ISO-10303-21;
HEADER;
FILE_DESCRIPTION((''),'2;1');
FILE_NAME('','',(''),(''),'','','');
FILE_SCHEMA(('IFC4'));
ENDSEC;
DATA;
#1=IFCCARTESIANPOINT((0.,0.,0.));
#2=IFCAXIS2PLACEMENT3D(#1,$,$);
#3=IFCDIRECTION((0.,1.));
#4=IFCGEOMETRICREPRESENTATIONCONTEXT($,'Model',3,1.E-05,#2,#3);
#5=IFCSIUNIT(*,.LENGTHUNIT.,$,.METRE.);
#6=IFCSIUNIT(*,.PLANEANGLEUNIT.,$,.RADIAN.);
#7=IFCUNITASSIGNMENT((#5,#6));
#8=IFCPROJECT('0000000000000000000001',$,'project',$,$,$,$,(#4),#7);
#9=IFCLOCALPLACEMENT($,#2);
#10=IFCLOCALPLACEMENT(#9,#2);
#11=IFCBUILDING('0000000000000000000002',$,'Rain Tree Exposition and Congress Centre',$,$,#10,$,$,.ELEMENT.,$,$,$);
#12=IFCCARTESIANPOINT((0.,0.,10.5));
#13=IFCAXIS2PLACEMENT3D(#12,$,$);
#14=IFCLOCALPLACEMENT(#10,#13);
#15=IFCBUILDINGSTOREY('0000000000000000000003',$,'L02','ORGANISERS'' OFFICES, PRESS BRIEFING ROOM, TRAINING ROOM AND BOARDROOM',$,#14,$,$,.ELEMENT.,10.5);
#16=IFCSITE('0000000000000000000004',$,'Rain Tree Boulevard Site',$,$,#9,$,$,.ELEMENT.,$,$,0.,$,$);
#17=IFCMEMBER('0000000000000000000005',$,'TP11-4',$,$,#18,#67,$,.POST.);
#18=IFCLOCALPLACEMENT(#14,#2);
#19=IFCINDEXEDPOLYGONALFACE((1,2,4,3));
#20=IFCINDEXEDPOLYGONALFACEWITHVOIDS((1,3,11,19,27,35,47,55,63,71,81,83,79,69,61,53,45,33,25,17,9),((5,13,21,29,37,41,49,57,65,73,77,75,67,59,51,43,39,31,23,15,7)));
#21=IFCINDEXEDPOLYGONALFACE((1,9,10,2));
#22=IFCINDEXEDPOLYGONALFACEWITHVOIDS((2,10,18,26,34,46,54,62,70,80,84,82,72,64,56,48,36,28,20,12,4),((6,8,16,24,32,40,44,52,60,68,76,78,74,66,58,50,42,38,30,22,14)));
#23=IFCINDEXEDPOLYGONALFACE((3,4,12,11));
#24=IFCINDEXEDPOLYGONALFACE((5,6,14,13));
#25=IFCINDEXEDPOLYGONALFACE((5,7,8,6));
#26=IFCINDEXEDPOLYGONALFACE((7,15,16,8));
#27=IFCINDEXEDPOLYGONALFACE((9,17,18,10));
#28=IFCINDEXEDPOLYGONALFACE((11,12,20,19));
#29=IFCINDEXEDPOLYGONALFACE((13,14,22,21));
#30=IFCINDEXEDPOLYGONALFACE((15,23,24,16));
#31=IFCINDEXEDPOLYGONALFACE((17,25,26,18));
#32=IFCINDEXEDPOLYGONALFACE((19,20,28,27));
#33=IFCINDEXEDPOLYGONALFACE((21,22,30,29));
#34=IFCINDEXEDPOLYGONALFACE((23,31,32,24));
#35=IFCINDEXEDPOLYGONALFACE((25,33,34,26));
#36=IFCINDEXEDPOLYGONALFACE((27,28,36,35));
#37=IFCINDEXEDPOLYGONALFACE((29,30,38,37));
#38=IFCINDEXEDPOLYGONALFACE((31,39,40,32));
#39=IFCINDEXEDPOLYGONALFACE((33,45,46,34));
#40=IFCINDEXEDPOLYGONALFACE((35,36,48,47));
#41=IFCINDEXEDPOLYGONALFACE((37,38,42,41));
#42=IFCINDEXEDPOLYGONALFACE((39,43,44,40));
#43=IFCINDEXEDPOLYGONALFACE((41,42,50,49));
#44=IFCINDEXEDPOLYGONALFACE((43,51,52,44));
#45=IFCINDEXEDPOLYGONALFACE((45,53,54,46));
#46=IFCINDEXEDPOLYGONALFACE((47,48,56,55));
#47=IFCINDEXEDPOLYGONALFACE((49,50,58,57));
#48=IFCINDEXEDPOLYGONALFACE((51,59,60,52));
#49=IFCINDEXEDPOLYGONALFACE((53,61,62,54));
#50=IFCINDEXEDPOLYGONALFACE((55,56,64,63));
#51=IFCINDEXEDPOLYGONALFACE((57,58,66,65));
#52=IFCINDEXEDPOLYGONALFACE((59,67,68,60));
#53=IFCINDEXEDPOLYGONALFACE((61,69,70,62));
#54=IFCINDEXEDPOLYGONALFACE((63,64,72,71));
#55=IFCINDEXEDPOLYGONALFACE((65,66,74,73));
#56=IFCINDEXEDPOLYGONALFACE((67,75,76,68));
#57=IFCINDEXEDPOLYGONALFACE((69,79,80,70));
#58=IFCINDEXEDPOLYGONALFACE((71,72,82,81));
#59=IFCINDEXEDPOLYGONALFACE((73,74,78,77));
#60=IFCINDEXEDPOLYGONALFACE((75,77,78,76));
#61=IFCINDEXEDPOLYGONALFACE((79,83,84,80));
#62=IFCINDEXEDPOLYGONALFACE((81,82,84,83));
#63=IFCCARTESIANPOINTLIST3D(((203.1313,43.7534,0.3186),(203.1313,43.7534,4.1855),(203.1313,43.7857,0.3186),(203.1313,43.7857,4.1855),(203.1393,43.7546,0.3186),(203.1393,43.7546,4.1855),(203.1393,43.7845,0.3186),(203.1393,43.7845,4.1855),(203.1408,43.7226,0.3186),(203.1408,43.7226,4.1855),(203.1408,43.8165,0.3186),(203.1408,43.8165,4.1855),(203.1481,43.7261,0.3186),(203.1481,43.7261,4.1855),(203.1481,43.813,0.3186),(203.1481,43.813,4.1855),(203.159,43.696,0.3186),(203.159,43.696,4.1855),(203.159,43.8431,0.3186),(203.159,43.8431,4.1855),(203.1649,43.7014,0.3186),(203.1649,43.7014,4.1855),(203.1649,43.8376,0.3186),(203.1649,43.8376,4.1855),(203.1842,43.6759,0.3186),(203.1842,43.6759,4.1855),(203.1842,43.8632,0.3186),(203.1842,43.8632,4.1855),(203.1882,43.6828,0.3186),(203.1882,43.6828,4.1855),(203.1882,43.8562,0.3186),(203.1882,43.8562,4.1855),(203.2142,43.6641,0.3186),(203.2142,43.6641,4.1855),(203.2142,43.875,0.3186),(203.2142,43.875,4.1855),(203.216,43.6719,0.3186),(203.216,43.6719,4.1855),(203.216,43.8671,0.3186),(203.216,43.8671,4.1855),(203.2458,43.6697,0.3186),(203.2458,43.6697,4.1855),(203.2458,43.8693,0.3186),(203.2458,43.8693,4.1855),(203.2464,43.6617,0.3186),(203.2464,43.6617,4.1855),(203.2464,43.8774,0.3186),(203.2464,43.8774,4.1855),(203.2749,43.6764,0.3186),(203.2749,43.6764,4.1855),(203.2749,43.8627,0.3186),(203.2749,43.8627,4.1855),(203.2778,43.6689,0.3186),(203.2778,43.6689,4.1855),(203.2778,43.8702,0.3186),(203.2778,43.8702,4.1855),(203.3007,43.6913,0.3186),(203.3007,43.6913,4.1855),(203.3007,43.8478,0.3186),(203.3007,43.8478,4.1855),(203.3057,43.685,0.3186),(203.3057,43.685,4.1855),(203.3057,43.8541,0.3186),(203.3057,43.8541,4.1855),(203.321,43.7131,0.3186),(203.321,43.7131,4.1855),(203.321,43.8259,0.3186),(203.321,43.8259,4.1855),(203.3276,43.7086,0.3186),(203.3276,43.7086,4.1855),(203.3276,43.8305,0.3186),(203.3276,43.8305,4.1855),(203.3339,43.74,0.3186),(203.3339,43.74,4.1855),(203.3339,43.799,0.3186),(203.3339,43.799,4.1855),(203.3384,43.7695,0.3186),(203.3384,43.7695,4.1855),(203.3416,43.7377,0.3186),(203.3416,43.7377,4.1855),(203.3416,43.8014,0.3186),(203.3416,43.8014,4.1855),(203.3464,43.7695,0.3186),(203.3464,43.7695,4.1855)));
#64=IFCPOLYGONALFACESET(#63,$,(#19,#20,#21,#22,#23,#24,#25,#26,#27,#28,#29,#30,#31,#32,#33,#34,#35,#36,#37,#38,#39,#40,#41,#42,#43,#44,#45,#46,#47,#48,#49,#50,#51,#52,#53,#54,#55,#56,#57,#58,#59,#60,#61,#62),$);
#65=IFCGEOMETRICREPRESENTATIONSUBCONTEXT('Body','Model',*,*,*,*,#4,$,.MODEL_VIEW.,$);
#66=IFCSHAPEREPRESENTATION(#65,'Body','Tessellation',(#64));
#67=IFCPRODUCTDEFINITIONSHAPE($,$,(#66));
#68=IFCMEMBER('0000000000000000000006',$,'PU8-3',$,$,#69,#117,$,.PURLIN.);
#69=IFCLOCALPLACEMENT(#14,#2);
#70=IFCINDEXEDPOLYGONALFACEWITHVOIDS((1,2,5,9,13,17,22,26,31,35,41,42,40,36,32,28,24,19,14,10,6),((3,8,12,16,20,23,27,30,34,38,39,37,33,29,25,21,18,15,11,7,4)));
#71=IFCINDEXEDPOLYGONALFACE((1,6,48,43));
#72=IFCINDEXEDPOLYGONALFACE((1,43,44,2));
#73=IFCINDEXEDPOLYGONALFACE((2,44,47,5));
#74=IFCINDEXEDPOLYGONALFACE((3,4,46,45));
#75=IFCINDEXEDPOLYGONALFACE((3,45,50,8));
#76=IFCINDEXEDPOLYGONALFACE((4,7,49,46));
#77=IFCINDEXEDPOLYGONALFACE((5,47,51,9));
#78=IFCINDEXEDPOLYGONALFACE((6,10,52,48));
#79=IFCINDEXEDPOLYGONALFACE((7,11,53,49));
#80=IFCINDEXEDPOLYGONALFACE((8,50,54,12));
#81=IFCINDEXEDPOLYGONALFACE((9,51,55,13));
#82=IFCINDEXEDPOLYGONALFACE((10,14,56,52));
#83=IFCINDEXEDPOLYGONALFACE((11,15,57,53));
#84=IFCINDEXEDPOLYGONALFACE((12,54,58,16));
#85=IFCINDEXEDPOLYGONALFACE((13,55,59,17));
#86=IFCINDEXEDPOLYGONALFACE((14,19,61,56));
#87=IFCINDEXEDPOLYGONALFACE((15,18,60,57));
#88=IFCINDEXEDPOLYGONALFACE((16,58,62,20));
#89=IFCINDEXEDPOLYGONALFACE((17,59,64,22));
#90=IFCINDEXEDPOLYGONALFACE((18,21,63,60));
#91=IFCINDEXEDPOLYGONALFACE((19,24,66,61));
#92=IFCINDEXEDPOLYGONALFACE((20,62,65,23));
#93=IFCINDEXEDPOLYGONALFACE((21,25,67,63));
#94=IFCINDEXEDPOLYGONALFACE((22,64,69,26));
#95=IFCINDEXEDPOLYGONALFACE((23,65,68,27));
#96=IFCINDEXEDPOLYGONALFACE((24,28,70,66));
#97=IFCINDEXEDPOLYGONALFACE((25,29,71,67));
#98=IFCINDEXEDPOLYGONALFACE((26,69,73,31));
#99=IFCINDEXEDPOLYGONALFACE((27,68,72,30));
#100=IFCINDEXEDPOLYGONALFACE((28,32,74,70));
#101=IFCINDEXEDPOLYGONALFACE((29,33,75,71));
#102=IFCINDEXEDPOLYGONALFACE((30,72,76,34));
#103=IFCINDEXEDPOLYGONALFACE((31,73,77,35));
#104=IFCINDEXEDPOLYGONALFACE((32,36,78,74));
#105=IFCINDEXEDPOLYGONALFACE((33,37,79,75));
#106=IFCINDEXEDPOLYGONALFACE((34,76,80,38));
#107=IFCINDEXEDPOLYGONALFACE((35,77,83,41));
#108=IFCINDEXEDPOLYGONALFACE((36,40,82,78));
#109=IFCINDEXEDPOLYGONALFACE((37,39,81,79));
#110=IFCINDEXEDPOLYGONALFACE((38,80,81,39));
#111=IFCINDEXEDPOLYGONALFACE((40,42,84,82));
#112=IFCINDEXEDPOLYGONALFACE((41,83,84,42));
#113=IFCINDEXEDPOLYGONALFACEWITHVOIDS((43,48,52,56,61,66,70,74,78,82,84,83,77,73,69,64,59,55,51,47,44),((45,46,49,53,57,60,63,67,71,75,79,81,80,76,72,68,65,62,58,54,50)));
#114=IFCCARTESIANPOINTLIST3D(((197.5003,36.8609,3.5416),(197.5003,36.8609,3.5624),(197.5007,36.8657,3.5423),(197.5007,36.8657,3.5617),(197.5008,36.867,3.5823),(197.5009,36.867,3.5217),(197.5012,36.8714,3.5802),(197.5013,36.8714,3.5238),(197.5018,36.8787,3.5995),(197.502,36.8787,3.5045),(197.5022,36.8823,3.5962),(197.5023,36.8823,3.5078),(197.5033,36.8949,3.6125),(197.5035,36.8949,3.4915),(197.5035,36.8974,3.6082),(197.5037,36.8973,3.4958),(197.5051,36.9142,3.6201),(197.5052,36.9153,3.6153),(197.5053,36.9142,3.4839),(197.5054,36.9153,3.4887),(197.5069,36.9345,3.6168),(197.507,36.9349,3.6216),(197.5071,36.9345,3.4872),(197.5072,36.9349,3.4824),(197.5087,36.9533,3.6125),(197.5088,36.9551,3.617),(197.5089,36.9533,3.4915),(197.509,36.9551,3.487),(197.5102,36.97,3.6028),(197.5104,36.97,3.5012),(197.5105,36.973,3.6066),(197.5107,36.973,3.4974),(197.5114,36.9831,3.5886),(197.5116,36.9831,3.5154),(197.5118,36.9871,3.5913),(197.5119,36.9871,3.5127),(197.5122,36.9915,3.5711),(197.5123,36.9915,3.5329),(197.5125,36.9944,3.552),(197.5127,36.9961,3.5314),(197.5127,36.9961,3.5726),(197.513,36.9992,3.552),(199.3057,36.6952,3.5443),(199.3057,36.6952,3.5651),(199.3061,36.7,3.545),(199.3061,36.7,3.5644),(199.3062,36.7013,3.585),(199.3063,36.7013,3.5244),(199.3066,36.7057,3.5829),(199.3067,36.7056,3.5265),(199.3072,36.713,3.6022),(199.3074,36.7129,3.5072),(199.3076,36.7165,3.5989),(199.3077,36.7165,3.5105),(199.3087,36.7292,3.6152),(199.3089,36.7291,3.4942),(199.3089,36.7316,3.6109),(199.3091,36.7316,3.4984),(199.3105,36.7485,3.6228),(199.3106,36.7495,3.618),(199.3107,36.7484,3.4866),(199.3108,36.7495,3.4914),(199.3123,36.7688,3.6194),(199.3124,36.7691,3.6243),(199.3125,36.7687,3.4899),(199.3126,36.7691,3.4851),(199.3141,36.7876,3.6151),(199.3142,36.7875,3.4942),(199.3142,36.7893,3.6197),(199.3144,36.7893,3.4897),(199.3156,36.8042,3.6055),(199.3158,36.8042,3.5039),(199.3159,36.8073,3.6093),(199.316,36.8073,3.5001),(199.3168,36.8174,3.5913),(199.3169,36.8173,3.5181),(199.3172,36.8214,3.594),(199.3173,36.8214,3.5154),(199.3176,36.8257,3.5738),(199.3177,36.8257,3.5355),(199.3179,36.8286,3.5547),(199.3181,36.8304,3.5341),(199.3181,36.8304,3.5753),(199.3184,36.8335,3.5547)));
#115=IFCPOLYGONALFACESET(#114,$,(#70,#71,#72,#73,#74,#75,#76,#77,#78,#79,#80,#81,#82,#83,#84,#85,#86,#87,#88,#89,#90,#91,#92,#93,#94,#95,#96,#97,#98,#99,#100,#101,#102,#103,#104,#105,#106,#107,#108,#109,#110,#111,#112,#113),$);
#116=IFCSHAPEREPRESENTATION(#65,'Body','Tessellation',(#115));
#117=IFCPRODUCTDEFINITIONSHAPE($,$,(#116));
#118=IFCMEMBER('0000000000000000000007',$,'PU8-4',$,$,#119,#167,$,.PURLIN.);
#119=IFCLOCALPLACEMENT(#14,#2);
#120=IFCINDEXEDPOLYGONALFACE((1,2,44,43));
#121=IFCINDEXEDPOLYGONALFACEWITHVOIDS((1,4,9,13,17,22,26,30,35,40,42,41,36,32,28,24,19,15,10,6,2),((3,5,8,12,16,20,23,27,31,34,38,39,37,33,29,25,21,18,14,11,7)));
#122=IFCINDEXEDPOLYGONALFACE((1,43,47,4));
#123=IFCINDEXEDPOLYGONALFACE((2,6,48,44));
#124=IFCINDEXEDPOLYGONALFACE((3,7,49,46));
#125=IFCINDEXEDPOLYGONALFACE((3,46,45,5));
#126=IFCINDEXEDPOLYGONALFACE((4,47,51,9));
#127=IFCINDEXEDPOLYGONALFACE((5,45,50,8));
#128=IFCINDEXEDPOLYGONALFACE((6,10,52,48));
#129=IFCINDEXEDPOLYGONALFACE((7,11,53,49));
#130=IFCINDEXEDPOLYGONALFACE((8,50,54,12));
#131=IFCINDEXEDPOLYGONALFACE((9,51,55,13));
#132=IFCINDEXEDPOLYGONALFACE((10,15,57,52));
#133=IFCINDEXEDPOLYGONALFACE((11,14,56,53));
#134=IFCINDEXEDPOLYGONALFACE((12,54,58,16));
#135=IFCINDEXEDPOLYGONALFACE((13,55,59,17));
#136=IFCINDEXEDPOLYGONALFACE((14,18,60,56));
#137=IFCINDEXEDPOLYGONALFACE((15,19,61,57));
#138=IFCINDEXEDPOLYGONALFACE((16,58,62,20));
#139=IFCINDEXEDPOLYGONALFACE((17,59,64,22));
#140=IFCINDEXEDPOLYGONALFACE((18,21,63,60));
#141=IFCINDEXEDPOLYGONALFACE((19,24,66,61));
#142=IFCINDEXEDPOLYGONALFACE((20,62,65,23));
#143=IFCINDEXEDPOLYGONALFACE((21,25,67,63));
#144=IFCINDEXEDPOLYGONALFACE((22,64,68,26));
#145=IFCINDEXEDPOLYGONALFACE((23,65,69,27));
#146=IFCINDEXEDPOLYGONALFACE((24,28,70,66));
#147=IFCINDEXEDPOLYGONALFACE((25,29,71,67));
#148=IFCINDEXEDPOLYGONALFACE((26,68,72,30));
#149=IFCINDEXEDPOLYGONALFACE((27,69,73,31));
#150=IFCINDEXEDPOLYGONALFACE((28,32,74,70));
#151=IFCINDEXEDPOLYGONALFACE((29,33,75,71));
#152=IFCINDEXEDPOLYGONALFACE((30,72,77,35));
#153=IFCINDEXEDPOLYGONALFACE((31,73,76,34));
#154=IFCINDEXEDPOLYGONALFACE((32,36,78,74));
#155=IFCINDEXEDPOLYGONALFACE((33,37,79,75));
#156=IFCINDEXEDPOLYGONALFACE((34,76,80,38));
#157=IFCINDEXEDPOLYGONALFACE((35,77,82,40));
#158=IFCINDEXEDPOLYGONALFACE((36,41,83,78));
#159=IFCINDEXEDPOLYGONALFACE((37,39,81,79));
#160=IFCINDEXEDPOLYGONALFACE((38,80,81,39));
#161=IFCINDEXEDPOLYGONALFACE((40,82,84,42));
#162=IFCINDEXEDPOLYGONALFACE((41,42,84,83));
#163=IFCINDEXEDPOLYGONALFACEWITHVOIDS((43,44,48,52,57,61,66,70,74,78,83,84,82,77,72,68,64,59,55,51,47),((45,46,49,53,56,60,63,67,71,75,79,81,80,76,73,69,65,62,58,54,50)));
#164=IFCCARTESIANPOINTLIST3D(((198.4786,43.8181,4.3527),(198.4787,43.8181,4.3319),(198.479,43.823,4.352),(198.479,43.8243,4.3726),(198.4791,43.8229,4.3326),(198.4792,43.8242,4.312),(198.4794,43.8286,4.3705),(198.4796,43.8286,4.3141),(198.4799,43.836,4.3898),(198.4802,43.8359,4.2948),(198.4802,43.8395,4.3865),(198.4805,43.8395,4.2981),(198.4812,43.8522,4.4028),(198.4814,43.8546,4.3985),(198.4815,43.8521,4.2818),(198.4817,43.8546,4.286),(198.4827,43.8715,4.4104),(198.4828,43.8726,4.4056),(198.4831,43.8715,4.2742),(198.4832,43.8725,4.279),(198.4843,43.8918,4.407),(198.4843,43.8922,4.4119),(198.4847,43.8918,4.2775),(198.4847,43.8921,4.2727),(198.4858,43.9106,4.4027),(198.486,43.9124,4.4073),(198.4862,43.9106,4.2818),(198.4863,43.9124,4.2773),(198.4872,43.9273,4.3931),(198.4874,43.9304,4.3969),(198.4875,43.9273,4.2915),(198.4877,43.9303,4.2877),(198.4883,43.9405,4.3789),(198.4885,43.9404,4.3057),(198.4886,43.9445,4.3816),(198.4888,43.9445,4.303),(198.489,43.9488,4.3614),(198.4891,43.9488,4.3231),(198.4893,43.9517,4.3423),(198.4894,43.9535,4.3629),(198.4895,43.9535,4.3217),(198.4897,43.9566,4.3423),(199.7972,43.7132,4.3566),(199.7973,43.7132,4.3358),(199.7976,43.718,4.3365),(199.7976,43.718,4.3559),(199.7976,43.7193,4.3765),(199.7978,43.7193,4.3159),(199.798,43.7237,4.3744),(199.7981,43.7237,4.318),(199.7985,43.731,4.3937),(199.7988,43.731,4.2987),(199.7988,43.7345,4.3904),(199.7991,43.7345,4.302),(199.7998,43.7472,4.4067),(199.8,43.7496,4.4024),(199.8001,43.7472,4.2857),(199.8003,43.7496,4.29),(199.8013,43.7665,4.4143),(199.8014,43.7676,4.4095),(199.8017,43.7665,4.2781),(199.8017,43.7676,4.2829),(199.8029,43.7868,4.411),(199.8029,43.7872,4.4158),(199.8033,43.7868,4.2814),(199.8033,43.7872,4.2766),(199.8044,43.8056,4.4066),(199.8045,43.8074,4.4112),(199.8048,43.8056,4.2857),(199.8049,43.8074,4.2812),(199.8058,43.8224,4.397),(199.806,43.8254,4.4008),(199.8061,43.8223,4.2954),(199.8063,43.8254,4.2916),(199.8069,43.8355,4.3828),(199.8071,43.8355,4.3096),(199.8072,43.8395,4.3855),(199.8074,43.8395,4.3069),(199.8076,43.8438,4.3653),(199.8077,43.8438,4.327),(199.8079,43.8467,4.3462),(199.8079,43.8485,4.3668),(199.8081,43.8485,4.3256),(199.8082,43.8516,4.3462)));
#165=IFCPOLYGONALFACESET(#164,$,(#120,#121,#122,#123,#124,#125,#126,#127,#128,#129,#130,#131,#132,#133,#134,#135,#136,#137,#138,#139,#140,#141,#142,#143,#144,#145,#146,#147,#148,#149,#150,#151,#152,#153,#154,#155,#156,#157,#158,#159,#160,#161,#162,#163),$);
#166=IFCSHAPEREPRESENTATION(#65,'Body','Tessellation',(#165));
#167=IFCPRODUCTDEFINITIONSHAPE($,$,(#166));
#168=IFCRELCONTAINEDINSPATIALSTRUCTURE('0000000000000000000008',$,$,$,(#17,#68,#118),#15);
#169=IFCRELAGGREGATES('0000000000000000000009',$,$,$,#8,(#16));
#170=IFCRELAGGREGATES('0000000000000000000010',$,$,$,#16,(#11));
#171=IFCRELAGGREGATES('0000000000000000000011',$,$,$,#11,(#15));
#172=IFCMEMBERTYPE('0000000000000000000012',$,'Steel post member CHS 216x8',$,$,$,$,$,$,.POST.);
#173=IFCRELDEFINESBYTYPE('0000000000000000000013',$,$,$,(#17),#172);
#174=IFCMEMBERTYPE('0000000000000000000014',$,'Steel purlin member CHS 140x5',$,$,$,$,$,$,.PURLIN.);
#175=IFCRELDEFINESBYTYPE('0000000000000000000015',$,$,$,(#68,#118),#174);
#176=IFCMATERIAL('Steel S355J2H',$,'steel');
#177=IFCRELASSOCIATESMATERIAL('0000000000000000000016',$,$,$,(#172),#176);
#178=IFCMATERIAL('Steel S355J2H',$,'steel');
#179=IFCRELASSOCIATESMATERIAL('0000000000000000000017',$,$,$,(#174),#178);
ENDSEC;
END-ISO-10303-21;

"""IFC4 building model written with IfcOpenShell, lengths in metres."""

from ifc_helpers import new_model, si_unit, direction, frame, origin, origin_2d, place, context, subcontext, project, spatial, hollow_circle, extrude, material, material_profile, profile_set, type_object, element, save


model = new_model("IFC4")

# Units and contexts
model_context = context("Model", 3, precision=1e-05, world=origin(), true_north=direction((0.0, 1.0)))
body_context = subcontext(model_context, "Body", "Model", "MODEL_VIEW")
ifc_project = project(units=[si_unit("LENGTHUNIT", "METRE"), si_unit("PLANEANGLEUNIT", "RADIAN")], contexts=[model_context])

# Site, building, storey
site_placement = place(None, origin())
site = spatial("IfcSite", under=ifc_project, at=site_placement, Name="Rain Tree Boulevard Site", CompositionType="ELEMENT", RefElevation=0.0)
building_placement = place(site_placement, origin())
building = spatial("IfcBuilding", under=site, at=building_placement, Name="Rain Tree Exposition and Congress Centre", CompositionType="ELEMENT")
storey_placement = place(building_placement, frame((0.0, 0.0, 10.5)))
storey = spatial("IfcBuildingStorey", under=building, at=storey_placement, Name="L02", Description="ORGANISERS' OFFICES, PRESS BRIEFING ROOM, TRAINING ROOM AND BOARDROOM", CompositionType="ELEMENT", Elevation=10.5)

# Members
ifc_material_1 = material(Name="Steel S355J2H", Category="steel")
ifc_material_profile_1 = material_profile(ifc_material_1, hollow_circle(Radius=0.1082, WallThickness=0.0081, at=origin_2d()), Name="CHS 216x8")
ifc_profile_set_1 = profile_set([ifc_material_profile_1], Name="Steel S355J2H")
member_type_1 = type_object("IfcMemberType", Name="Steel post member CHS 216x8", PredefinedType="POST", material=ifc_profile_set_1)
member_1_placement = place(storey_placement, frame((203.2383, 43.7695, 0.3186), z_axis=(0.0, 0.0, 1.0), x_axis=(1.0, 0.0, 0.0)))
element("IfcMember", 1, at=member_1_placement, inside=storey, type_object=member_type_1, Name="TP11-4", PredefinedType="POST", context=body_context, shape_type="SweptSolid", body=[
    extrude(hollow_circle(Radius=0.1082, WallThickness=0.0081, at=origin_2d()), origin(), (0.0, 0.0, 1.0), 3.8669),
])
ifc_material_2 = material(Name="Steel S355J2H", Category="steel")
ifc_material_profile_2 = material_profile(ifc_material_2, hollow_circle(Radius=0.0698, WallThickness=0.0049, at=origin_2d()), Name="CHS 140x5")
ifc_profile_set_2 = profile_set([ifc_material_profile_2], Name="Steel S355J2H")
member_type_2 = type_object("IfcMemberType", Name="Steel purlin member CHS 140x5", PredefinedType="PURLIN", material=ifc_profile_set_2)
member_2_placement = place(storey_placement, frame((197.5066, 36.9297, 3.552), z_axis=(0.99581, -0.091434, 0.001481), x_axis=(0.091434, 0.995811, 0.0)))
element("IfcMember", 2, at=member_2_placement, inside=storey, type_object=member_type_2, Name="PU8-3", PredefinedType="PURLIN", context=body_context, shape_type="SweptSolid", body=[
    extrude(hollow_circle(Radius=0.0698, WallThickness=0.0049, at=origin_2d()), origin(), (0.0, 0.0, 1.0), 1.813),
])
member_3_placement = place(storey_placement, frame((198.4841, 43.887, 4.3423), z_axis=(0.996841, -0.079363, 0.002953), x_axis=(0.079364, 0.996846, 0.0)))
element("IfcMember", 3, at=member_3_placement, inside=storey, type_object=member_type_2, Name="PU8-4", PredefinedType="PURLIN", context=body_context, shape_type="SweptSolid", body=[
    extrude(hollow_circle(Radius=0.0698, WallThickness=0.0049, at=origin_2d()), origin(), (0.0, 0.0, 1.0), 1.3228),
])

save(model, "model.ifc")
